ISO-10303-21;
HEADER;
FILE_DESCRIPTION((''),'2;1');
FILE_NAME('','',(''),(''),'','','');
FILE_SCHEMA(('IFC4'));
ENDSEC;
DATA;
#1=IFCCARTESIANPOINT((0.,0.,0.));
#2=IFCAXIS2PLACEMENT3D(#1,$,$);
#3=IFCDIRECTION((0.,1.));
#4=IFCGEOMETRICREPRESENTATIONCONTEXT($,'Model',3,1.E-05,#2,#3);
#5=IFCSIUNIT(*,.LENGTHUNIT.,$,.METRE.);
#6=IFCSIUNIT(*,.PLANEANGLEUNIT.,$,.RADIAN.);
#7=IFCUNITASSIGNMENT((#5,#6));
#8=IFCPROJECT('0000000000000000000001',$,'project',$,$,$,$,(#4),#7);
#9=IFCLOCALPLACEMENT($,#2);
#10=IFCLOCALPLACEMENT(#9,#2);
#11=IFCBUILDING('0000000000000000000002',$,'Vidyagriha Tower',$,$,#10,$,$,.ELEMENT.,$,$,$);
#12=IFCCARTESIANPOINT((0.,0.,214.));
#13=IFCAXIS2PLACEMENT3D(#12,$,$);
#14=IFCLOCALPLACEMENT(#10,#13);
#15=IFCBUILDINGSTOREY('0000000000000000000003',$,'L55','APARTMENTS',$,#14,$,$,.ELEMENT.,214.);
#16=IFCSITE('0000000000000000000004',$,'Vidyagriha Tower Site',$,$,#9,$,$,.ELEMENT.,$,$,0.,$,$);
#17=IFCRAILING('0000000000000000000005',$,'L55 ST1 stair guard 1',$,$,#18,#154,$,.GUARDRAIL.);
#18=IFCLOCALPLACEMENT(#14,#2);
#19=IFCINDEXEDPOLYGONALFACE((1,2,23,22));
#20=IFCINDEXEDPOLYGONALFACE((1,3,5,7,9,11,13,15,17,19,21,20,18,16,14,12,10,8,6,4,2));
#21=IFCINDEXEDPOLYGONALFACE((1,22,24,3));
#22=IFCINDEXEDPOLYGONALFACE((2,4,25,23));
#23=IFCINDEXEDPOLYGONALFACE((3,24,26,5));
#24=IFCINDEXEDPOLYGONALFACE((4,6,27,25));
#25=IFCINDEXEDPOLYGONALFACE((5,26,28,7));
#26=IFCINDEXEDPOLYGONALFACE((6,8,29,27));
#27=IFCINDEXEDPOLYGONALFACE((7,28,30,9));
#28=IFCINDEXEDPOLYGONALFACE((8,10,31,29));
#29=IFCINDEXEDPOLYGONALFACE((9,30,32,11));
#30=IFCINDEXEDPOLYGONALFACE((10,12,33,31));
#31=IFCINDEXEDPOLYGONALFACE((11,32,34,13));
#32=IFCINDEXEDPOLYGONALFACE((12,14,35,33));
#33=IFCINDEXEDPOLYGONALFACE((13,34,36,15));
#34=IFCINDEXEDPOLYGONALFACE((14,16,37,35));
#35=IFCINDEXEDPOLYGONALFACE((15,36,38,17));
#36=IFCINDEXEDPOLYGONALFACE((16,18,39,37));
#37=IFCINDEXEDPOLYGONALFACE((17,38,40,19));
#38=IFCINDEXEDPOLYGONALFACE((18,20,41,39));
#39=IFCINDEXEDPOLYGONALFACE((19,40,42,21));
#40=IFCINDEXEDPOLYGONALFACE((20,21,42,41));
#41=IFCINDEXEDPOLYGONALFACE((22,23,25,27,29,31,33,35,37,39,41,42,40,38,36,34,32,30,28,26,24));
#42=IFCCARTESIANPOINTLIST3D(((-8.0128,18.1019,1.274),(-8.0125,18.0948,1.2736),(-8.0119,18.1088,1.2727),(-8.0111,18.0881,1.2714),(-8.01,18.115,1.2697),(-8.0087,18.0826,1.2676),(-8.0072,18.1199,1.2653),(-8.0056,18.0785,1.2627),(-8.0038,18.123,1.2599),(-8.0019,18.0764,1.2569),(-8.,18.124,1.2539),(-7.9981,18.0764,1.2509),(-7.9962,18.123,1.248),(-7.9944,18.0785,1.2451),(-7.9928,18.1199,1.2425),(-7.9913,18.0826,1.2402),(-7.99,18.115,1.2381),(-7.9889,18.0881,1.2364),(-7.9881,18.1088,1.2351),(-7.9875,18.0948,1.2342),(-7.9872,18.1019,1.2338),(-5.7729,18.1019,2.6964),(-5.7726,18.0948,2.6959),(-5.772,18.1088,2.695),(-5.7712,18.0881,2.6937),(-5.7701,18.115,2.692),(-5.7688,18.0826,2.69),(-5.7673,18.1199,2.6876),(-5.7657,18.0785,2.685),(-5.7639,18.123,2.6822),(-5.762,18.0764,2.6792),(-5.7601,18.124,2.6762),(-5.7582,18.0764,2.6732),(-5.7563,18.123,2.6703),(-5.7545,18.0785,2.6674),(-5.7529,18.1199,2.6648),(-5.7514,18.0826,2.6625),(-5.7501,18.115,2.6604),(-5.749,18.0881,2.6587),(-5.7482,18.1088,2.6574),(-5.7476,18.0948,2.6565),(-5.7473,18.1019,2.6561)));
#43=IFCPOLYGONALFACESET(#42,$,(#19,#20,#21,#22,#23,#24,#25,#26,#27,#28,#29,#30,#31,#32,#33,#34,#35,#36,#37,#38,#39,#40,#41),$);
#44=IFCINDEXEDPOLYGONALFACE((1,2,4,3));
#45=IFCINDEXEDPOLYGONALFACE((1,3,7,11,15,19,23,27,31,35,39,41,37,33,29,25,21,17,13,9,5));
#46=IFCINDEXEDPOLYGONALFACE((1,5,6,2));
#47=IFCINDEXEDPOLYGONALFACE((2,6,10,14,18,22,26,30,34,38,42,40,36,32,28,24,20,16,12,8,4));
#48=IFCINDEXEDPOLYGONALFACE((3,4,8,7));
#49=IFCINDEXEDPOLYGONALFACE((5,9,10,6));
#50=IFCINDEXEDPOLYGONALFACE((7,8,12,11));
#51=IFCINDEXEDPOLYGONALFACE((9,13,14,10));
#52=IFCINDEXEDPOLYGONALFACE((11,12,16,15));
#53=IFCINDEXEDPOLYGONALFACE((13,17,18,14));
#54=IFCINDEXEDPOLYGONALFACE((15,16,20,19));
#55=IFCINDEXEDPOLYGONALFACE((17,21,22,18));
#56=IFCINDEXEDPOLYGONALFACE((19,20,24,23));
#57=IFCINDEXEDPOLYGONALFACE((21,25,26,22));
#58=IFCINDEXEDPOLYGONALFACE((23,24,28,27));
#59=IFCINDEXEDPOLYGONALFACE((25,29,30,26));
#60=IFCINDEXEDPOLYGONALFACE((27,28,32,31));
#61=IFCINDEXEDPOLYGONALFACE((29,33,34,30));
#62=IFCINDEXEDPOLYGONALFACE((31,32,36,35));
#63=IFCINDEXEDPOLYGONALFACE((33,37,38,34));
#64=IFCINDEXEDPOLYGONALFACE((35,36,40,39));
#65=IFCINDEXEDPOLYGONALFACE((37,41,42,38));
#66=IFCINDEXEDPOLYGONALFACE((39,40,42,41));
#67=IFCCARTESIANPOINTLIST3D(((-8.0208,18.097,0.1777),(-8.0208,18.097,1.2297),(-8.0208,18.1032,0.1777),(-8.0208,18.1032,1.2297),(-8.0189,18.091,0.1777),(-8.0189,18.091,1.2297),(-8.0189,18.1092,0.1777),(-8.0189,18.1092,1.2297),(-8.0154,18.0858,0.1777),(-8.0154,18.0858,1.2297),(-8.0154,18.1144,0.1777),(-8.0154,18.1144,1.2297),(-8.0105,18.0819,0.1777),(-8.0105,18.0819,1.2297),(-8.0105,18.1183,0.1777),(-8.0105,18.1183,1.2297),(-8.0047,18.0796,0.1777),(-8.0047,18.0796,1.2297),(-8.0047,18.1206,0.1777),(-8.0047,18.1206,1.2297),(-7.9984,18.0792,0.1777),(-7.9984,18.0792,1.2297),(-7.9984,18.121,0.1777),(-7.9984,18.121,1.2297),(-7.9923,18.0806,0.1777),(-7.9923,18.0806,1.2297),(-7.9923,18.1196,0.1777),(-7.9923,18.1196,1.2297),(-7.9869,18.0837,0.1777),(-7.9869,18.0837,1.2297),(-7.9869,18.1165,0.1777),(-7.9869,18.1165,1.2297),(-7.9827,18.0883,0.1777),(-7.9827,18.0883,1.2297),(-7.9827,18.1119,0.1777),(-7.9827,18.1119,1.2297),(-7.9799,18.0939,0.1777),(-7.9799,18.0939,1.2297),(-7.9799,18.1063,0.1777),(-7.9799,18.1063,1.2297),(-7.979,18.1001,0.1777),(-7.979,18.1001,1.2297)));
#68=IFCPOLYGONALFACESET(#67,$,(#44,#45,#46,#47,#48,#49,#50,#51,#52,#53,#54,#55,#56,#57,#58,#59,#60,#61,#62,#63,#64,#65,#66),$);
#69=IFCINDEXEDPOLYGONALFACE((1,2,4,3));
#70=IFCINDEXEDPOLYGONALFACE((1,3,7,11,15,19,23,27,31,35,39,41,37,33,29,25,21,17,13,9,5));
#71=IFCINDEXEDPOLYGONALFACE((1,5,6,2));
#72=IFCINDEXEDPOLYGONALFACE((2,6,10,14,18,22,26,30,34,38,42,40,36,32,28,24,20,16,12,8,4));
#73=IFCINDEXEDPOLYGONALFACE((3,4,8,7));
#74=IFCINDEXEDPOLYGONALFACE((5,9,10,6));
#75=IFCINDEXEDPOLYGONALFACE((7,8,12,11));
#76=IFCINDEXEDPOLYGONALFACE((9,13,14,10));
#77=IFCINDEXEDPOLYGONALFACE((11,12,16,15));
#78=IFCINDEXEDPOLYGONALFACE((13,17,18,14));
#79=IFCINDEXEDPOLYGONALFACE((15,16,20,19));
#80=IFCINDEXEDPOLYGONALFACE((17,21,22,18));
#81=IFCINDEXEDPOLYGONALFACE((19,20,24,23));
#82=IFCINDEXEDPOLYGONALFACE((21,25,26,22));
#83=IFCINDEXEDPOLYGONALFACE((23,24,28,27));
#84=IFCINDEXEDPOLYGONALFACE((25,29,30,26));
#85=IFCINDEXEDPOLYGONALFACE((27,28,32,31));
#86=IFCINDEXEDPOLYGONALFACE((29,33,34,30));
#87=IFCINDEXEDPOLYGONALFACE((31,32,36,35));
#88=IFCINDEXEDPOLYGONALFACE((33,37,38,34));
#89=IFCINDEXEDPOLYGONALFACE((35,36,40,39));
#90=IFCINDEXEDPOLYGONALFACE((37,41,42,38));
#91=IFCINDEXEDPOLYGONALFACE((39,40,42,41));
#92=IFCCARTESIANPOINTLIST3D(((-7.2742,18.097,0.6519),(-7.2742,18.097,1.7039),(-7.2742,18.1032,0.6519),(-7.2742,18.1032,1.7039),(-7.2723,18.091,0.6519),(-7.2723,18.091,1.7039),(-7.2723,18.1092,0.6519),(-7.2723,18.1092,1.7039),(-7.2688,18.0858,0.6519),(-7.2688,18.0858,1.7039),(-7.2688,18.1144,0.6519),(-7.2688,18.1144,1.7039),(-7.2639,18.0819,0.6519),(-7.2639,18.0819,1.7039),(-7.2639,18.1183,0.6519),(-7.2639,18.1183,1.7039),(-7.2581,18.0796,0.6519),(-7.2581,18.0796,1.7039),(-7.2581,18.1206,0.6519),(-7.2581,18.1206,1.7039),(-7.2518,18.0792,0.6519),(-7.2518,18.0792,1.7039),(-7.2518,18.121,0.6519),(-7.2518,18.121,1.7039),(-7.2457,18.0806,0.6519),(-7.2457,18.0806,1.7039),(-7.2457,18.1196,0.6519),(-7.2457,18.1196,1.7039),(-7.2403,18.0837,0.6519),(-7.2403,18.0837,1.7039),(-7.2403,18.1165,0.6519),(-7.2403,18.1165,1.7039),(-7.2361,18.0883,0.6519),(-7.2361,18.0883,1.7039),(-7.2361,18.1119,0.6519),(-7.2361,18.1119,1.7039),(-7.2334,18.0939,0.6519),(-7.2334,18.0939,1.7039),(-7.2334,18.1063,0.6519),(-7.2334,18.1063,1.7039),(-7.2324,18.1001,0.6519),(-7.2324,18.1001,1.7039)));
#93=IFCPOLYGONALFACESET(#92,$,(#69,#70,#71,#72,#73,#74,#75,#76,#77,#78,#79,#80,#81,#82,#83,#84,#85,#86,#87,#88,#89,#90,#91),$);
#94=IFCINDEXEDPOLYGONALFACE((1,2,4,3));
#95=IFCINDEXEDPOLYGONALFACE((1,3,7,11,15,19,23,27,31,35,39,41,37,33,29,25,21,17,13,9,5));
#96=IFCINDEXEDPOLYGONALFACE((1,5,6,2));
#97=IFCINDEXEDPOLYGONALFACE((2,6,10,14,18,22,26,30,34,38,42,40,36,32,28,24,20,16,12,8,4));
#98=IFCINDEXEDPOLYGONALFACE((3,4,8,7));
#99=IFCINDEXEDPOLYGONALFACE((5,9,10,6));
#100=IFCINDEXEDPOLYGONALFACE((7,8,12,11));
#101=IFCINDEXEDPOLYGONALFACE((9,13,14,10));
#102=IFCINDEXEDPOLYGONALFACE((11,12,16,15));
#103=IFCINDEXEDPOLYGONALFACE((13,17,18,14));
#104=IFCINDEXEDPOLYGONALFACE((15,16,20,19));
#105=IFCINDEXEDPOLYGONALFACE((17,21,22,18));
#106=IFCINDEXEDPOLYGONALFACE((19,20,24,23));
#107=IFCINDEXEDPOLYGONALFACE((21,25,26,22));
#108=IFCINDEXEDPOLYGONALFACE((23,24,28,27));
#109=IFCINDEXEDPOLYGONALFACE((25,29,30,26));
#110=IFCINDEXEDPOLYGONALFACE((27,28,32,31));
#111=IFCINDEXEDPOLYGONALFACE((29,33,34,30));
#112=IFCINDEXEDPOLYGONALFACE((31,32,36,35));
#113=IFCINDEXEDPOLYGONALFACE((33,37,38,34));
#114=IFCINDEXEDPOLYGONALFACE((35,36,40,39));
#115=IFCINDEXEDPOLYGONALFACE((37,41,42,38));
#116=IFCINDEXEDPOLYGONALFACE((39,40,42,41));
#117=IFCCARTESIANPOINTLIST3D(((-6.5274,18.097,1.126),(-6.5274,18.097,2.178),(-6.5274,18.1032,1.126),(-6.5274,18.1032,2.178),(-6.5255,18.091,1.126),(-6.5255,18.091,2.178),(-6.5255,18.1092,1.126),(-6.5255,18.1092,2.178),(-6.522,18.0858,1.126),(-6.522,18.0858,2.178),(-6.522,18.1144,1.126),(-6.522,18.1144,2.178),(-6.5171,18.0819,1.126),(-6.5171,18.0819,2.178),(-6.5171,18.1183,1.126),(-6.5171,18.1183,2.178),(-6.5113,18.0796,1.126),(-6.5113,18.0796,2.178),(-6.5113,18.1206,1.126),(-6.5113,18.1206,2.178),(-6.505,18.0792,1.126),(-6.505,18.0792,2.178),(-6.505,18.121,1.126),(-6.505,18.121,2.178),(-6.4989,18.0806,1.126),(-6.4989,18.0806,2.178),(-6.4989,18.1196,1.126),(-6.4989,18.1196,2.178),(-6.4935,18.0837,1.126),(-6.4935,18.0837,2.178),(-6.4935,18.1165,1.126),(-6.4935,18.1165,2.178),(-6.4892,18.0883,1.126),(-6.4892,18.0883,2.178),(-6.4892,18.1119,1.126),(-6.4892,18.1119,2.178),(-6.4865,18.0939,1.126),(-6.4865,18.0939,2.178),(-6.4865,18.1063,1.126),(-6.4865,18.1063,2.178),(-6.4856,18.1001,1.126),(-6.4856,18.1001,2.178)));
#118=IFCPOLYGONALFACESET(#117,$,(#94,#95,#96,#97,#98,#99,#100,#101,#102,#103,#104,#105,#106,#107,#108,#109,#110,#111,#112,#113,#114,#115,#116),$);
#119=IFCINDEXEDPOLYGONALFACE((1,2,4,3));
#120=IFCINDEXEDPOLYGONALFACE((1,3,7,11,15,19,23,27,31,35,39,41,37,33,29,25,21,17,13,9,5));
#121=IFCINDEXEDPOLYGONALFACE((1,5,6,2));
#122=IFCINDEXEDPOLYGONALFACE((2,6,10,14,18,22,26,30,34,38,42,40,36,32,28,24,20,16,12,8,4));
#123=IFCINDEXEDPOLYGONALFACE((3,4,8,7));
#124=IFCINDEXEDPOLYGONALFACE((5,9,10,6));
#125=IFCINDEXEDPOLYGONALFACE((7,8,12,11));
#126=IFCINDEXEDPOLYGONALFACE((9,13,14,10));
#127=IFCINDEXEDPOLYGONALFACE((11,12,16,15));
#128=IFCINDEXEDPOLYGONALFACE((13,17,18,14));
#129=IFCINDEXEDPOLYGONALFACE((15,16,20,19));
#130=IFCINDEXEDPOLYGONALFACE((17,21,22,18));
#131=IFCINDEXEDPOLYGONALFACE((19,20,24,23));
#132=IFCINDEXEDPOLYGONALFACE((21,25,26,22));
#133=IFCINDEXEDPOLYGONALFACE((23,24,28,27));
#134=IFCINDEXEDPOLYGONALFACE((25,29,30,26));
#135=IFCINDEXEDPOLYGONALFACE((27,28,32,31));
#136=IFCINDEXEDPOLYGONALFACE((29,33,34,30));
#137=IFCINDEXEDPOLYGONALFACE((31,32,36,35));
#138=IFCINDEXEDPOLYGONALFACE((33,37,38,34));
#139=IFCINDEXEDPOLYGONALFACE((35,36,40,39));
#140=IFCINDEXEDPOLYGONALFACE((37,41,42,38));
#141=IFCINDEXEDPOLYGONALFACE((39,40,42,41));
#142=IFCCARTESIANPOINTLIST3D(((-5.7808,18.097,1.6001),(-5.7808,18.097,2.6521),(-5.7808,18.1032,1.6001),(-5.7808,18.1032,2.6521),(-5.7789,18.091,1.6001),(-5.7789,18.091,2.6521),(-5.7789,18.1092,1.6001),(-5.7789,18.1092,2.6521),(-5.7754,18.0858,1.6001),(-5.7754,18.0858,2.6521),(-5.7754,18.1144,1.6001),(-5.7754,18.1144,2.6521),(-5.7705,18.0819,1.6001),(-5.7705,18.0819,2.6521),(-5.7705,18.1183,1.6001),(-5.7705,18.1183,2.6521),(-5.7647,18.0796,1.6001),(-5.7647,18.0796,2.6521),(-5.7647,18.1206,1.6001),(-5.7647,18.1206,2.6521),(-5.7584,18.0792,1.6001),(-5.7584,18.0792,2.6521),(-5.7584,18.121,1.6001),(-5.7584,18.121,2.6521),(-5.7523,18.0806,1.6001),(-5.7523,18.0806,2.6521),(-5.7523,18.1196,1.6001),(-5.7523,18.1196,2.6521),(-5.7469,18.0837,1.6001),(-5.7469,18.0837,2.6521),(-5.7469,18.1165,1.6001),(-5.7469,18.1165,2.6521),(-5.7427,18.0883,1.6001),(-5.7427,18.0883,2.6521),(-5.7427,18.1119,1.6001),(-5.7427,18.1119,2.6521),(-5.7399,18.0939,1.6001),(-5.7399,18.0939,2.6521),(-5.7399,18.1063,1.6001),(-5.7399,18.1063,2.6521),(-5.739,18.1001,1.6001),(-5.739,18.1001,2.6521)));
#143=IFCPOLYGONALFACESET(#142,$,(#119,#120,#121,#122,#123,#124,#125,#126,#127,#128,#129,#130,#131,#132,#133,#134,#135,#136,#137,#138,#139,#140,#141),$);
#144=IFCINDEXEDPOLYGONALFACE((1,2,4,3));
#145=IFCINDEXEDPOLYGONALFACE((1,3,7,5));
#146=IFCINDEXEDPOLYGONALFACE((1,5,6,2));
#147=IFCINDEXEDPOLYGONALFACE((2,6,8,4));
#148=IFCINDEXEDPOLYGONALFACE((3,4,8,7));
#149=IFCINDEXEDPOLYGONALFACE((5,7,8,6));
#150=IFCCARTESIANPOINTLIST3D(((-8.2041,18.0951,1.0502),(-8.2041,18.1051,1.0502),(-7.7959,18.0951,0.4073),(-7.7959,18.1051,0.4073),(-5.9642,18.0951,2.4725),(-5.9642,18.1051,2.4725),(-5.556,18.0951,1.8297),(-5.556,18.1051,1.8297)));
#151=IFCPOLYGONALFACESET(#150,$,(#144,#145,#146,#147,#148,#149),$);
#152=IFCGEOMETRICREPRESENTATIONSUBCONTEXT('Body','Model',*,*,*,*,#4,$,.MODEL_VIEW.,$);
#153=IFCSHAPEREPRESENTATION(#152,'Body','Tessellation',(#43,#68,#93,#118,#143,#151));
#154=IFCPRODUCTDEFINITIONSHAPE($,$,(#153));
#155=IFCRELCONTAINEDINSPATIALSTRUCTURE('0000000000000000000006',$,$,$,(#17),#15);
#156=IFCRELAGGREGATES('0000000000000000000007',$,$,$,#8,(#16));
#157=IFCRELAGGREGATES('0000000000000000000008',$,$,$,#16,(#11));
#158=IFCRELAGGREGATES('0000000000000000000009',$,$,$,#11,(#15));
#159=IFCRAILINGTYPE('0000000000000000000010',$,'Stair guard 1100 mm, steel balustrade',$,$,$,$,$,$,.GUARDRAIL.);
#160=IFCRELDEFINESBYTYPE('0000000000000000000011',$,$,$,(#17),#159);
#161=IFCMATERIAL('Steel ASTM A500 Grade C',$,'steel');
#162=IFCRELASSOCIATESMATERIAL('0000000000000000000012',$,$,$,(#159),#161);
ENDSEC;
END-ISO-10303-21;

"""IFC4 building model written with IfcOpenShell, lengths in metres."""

from ifc_helpers import new_model, si_unit, direction, frame, origin, origin_2d, place, context, subcontext, project, spatial, rectangle, circle, extrude, material, type_object, element, save


model = new_model("IFC4")

# Units and contexts
model_context = context("Model", 3, precision=1e-05, world=origin(), true_north=direction((0.0, 1.0)))
body_context = subcontext(model_context, "Body", "Model", "MODEL_VIEW")
ifc_project = project(units=[si_unit("LENGTHUNIT", "METRE"), si_unit("PLANEANGLEUNIT", "RADIAN")], contexts=[model_context])

# Site, building, storey
site_placement = place(None, origin())
site = spatial("IfcSite", under=ifc_project, at=site_placement, Name="Vidyagriha Tower Site", CompositionType="ELEMENT", RefElevation=0.0)
building_placement = place(site_placement, origin())
building = spatial("IfcBuilding", under=site, at=building_placement, Name="Vidyagriha Tower", CompositionType="ELEMENT")
storey_placement = place(building_placement, frame((0.0, 0.0, 214.0)))
storey = spatial("IfcBuildingStorey", under=building, at=storey_placement, Name="L55", Description="APARTMENTS", CompositionType="ELEMENT", Elevation=214.0)

# Railing
ifc_material_1 = material(Name="Steel ASTM A500 Grade C", Category="steel")
railing_type_1 = type_object("IfcRailingType", Name="Stair guard 1100 mm, steel balustrade", PredefinedType="GUARDRAIL", material=ifc_material_1)
railing_1_placement = place(storey_placement, frame((-8.0, 18.1001, 0.1777)))
element("IfcRailing", 1, at=railing_1_placement, inside=storey, type_object=railing_type_1, Name="L55 ST1 stair guard 1", PredefinedType="GUARDRAIL", context=body_context, shape_type="SweptSolid", body=[
    extrude(circle(Radius=0.0239, at=origin_2d()), frame((0.0, 0.0, 1.0762), z_axis=(0.844188, 0.0, 0.536048), x_axis=(0.0, 1.0, 0.0)), (0.0, 0.0, 1.0), 2.6533),
    extrude(circle(Radius=0.021, at=origin_2d()), origin(), (0.0, 0.0, 1.0), 1.052),
    extrude(circle(Radius=0.021, at=origin_2d()), frame((0.7466, 0.0, 0.4741)), (0.0, 0.0, 1.0), 1.052),
    extrude(circle(Radius=0.021, at=origin_2d()), frame((1.4934, 0.0, 0.9482)), (0.0, 0.0, 1.0), 1.052),
    extrude(circle(Radius=0.021, at=origin_2d()), frame((2.24, 0.0, 1.4224)), (0.0, 0.0, 1.0), 1.052),
    extrude(rectangle(XDim=0.01, YDim=0.7615, at=origin_2d()), frame((0.0, 0.0, 0.551), z_axis=(0.844188, 0.0, 0.536048), x_axis=(0.0, 1.0, 0.0)), (0.0, 0.0, 1.0), 2.6533),
])

save(model, "model.ifc")
